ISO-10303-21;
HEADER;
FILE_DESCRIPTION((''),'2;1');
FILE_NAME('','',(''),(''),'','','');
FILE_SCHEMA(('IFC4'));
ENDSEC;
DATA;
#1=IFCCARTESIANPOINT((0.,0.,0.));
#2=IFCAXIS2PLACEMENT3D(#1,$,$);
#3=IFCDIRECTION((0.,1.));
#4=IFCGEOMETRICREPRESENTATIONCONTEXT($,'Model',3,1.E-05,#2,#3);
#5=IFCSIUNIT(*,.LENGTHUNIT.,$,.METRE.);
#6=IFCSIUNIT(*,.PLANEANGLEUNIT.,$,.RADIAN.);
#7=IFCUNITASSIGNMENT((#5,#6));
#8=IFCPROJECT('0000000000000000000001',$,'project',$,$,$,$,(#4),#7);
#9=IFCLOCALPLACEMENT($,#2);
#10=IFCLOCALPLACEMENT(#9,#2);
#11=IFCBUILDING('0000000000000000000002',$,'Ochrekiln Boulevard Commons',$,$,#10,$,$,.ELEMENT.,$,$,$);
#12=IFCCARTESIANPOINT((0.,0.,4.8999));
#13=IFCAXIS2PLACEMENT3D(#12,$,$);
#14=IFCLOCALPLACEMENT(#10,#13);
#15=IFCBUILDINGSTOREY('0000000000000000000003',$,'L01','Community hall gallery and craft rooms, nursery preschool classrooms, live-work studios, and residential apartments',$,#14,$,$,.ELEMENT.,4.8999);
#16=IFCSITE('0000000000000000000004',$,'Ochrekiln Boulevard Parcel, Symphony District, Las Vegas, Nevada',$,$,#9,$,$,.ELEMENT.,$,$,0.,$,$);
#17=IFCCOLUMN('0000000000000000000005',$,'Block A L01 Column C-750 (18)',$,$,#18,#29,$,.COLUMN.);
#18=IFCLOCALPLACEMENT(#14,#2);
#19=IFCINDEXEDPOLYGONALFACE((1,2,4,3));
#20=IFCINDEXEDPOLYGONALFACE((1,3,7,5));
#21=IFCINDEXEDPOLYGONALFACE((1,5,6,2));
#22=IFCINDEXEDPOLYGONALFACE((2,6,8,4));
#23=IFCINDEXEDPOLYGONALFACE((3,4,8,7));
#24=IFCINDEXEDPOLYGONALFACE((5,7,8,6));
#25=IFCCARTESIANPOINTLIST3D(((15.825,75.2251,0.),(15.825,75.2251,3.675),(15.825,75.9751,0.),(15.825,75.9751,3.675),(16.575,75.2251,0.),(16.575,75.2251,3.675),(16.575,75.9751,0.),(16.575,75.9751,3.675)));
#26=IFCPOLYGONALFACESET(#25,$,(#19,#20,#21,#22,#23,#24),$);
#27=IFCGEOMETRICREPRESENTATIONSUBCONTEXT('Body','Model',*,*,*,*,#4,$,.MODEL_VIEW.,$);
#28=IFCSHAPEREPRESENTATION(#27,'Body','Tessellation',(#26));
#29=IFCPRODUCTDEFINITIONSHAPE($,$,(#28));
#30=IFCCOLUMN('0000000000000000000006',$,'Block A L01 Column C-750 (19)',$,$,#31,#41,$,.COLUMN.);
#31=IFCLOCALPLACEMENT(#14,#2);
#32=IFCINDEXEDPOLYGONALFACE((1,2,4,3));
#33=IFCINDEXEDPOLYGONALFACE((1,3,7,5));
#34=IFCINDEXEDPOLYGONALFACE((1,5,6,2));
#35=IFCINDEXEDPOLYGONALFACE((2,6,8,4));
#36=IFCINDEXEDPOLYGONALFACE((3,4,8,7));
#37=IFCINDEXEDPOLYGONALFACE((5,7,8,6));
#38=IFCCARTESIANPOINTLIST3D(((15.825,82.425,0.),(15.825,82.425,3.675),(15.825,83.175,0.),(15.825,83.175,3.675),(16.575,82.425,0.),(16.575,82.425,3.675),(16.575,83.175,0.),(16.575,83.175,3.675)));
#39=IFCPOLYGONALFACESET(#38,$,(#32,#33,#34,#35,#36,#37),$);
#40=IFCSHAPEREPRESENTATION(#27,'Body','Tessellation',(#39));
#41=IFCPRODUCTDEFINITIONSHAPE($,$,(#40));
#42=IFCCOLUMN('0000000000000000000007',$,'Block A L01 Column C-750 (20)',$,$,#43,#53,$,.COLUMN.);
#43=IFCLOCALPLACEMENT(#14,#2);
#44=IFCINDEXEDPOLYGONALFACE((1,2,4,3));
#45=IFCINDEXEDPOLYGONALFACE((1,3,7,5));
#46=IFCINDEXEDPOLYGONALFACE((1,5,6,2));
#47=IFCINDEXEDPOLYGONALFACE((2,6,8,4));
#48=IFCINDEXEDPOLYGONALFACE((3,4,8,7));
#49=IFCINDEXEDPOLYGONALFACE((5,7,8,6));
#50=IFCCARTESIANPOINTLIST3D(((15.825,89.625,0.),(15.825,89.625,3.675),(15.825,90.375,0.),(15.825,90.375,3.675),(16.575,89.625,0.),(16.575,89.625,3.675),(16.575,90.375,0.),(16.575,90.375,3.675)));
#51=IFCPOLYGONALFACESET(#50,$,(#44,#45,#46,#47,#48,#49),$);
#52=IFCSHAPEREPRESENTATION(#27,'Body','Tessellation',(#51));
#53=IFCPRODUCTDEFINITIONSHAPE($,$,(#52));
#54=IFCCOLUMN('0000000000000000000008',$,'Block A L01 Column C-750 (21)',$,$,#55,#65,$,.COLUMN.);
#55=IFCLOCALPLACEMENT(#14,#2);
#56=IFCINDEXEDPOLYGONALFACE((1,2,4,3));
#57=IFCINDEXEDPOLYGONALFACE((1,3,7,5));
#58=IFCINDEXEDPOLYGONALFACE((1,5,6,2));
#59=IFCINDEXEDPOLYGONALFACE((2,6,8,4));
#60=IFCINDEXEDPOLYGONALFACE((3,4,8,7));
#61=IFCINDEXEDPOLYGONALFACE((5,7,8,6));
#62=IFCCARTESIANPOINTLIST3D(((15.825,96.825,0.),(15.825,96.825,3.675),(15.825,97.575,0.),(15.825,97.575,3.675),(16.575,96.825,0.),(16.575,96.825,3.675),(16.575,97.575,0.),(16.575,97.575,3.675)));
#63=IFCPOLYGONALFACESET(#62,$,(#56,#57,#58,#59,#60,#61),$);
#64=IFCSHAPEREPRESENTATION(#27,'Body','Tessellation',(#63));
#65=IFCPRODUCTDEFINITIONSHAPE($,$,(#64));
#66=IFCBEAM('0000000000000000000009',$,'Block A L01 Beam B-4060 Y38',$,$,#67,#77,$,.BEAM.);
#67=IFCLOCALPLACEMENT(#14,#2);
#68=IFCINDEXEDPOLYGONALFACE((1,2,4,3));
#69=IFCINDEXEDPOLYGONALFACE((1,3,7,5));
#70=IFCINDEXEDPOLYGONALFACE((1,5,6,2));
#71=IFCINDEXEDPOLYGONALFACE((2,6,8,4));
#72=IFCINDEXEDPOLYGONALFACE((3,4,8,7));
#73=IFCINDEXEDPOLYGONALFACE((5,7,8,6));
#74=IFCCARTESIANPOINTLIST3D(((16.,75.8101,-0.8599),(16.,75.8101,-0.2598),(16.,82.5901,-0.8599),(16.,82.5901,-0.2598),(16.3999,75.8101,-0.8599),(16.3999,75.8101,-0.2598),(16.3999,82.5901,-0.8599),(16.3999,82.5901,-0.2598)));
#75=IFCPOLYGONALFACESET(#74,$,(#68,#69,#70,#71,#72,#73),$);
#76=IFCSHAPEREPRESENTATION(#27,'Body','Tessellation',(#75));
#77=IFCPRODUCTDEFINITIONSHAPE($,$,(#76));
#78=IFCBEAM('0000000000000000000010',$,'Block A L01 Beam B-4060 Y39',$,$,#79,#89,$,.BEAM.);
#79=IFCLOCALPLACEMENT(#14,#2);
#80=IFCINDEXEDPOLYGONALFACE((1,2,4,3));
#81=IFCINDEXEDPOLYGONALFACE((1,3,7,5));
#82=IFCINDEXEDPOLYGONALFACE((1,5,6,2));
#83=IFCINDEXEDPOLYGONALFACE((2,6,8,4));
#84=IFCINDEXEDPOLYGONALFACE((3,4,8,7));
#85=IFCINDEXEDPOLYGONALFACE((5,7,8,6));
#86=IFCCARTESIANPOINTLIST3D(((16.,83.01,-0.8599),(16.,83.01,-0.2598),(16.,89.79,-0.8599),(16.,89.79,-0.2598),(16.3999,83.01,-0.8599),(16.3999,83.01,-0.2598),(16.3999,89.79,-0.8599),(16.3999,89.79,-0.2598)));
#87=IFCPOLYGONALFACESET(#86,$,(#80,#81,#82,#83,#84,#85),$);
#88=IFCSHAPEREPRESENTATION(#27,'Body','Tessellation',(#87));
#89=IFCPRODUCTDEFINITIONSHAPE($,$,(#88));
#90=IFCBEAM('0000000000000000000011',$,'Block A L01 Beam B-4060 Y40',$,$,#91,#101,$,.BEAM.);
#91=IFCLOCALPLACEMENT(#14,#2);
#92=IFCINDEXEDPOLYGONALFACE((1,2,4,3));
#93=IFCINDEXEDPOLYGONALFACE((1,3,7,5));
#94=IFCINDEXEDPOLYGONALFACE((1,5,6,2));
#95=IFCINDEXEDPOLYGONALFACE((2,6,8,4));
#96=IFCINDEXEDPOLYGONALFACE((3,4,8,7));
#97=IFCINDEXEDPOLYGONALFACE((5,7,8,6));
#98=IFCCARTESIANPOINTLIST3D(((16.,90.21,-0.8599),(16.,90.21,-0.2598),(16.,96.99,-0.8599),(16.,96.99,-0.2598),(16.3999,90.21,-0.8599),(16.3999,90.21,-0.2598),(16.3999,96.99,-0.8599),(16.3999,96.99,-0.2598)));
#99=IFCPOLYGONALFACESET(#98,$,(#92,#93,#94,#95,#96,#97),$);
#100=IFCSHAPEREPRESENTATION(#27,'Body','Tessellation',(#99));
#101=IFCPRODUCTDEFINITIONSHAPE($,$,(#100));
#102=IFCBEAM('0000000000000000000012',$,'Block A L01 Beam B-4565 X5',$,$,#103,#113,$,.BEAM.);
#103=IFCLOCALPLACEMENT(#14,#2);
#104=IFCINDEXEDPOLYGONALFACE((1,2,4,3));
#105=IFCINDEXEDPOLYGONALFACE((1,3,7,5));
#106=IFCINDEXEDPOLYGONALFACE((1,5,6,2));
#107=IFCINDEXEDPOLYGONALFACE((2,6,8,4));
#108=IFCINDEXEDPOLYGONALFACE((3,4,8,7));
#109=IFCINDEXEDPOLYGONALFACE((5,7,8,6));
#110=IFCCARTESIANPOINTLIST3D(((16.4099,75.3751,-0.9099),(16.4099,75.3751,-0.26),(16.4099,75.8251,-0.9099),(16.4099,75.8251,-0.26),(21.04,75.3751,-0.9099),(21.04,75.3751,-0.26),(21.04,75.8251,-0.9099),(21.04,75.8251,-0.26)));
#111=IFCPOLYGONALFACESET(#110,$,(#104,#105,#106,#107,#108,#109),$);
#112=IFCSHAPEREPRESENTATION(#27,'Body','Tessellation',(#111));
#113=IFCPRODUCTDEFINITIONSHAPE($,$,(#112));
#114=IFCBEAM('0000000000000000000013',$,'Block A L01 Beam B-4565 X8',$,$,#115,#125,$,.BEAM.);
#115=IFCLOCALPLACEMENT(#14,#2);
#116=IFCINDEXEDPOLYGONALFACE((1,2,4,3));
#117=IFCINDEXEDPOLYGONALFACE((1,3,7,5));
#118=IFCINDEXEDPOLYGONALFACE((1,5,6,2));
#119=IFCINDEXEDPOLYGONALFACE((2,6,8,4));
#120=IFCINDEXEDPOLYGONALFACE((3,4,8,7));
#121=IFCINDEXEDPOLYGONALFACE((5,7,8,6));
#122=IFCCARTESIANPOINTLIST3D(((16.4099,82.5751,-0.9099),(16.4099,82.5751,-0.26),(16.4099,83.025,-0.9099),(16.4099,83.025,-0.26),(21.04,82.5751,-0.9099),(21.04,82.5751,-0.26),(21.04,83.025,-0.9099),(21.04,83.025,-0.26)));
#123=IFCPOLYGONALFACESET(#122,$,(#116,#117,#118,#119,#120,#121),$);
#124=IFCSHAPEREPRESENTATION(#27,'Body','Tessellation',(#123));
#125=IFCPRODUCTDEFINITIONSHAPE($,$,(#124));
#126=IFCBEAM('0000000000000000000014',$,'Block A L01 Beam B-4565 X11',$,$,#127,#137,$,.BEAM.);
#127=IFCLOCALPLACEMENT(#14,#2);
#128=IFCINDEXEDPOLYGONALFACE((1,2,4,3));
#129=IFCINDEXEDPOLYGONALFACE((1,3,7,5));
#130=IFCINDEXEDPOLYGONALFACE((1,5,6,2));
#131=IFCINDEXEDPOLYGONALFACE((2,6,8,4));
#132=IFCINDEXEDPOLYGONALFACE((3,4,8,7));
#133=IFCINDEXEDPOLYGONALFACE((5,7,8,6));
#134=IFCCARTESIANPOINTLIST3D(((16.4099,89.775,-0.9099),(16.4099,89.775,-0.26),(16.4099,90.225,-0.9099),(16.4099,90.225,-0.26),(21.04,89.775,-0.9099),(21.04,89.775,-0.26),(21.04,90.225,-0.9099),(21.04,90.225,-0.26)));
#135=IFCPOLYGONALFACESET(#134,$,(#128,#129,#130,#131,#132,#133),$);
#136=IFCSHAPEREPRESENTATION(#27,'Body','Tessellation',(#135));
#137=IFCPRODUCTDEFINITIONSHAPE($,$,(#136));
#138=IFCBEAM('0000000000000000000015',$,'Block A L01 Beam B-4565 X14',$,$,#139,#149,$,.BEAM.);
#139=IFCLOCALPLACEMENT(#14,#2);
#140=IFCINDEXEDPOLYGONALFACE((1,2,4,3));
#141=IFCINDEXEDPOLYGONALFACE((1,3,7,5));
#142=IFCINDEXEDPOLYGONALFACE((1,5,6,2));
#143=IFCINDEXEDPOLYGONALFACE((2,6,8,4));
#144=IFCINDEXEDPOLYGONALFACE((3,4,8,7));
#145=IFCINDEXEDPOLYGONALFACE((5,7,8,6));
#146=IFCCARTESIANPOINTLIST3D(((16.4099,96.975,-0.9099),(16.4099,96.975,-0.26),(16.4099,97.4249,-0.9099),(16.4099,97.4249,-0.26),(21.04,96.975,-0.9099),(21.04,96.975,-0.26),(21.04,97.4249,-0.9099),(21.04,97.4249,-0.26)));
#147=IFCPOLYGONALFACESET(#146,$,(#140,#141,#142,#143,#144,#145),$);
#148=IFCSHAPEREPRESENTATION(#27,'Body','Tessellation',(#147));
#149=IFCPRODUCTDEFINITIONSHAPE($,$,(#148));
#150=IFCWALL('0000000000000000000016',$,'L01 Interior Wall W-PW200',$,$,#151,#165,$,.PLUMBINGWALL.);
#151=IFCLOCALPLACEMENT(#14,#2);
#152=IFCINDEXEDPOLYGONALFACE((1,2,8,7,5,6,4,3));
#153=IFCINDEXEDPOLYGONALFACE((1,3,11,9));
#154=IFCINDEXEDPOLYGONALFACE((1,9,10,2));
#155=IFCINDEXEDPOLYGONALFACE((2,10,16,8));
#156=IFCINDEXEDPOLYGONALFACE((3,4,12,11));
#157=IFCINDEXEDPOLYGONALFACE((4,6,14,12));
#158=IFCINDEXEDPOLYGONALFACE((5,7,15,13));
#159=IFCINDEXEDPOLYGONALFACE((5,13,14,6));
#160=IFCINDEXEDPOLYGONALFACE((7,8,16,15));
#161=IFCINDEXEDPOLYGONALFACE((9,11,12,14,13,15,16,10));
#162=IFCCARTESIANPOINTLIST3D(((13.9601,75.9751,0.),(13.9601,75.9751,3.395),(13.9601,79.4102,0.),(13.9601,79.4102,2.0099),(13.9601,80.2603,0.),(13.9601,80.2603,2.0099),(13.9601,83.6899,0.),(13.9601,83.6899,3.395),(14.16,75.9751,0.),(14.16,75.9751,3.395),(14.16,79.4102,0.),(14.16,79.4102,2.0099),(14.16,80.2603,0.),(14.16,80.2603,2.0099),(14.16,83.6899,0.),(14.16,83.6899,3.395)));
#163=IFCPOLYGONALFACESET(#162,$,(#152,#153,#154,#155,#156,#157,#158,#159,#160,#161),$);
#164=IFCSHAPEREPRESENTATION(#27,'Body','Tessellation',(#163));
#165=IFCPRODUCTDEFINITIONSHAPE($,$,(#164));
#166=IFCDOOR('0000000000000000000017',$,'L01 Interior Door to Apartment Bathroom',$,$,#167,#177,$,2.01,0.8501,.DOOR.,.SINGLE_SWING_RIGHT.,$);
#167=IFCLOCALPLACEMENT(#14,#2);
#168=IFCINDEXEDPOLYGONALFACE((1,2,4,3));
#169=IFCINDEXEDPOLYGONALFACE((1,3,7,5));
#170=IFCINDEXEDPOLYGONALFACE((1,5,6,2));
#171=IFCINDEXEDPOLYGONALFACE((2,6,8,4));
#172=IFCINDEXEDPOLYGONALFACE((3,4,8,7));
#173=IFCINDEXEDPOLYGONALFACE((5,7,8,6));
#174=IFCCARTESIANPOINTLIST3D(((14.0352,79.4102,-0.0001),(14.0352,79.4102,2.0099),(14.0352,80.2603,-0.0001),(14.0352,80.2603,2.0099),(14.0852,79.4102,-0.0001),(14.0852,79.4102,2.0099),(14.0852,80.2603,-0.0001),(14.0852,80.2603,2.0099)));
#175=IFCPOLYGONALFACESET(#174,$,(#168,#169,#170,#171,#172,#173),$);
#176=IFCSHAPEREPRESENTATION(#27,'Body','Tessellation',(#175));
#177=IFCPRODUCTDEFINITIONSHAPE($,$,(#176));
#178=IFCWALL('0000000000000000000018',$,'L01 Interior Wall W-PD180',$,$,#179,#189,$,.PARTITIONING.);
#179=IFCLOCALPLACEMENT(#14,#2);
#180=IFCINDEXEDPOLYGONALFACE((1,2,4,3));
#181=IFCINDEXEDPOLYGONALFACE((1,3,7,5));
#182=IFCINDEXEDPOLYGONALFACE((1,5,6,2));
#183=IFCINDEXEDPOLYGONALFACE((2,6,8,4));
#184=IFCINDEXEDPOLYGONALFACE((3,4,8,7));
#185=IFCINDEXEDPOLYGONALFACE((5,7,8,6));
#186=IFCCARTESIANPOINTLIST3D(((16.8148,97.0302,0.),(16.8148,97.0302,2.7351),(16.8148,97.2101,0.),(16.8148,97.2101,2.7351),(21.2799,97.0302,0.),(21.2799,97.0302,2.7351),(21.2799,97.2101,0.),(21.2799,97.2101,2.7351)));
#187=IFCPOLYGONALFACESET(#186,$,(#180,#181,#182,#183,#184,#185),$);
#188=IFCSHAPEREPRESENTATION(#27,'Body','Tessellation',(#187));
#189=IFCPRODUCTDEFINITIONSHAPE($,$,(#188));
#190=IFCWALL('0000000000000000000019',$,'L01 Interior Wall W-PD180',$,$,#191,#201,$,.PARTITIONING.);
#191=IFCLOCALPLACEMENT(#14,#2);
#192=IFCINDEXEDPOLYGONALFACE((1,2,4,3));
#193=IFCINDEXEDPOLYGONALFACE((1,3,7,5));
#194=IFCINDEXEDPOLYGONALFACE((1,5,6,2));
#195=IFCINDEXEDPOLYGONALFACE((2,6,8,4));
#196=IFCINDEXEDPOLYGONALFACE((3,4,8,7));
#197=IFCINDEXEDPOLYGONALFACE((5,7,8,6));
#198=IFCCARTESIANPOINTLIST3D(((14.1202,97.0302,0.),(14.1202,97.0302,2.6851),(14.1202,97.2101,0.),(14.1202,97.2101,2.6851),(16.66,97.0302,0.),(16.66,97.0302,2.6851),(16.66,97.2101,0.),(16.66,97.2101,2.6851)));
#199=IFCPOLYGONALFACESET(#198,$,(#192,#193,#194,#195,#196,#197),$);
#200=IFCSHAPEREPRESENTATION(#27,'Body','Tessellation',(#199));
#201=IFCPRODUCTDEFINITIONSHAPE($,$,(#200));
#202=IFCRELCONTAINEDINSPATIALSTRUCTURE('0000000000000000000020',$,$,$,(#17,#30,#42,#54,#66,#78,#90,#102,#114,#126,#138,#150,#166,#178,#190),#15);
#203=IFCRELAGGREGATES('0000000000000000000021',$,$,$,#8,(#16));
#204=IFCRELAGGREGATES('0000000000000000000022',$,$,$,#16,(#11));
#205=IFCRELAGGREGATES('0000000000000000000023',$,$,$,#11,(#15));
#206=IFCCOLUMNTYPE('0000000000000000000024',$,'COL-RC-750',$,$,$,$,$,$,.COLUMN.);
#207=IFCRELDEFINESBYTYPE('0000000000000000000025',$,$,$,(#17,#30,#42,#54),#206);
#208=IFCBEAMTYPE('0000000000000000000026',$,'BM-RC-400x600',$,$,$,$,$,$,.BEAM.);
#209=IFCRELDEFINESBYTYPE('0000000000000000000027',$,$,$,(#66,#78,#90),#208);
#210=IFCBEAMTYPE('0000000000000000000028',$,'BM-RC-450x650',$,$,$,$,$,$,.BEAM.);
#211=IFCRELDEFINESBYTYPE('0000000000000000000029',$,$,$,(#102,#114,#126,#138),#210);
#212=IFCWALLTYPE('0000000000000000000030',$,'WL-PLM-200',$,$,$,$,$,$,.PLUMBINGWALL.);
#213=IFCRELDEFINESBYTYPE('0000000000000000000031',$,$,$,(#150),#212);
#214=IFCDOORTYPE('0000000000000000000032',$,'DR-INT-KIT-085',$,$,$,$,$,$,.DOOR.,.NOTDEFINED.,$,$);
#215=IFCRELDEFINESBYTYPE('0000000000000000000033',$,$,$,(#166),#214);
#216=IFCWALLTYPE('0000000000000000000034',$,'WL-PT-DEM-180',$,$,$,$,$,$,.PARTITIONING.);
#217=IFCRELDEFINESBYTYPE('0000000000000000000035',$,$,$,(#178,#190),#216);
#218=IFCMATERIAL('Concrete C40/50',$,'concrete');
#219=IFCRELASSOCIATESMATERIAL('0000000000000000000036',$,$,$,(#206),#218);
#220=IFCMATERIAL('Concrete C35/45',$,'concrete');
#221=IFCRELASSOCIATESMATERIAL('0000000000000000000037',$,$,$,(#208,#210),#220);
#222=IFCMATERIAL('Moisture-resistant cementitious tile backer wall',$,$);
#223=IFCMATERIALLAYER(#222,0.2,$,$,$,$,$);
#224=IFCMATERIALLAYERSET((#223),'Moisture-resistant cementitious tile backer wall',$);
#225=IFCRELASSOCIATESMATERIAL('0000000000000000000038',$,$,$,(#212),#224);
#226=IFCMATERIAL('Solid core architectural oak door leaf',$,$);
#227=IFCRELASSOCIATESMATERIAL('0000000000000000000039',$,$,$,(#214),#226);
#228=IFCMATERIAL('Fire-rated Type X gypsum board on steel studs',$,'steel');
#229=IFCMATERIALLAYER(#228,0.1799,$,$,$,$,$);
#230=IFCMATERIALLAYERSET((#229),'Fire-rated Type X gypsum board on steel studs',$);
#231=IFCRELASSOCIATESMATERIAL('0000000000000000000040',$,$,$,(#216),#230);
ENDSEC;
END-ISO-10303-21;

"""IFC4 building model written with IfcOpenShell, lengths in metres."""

from ifc_helpers import new_model, si_unit, direction, frame, frame_2d, origin, origin_2d, place, context, subcontext, project, spatial, rectangle, extrude, material, layer, layer_set, material_profile, profile_set, type_object, element, fill, save


model = new_model("IFC4")

# Units and contexts
model_context = context("Model", 3, precision=1e-05, world=origin(), true_north=direction((0.0, 1.0)))
body_context = subcontext(model_context, "Body", "Model", "MODEL_VIEW")
ifc_project = project(units=[si_unit("LENGTHUNIT", "METRE"), si_unit("PLANEANGLEUNIT", "RADIAN")], contexts=[model_context])

# Site, building, storey
site_placement = place(None, origin())
site = spatial("IfcSite", under=ifc_project, at=site_placement, Name="Ochrekiln Boulevard Parcel, Symphony District, Las Vegas, Nevada", CompositionType="ELEMENT", RefElevation=0.0)
building_placement = place(site_placement, origin())
building = spatial("IfcBuilding", under=site, at=building_placement, Name="Ochrekiln Boulevard Commons", CompositionType="ELEMENT")
storey_placement = place(building_placement, frame((0.0, 0.0, 4.8999)))
storey = spatial("IfcBuildingStorey", under=building, at=storey_placement, Name="L01", Description="Community hall gallery and craft rooms, nursery preschool classrooms, live-work studios, and residential apartments", CompositionType="ELEMENT", Elevation=4.8999)

# Columns
ifc_material_1 = material(Name="Concrete C40/50", Category="concrete")
ifc_material_profile_1 = material_profile(ifc_material_1, rectangle(XDim=0.75, YDim=0.75, at=origin_2d()), Name="RC-COL-750x750")
ifc_profile_set_1 = profile_set([ifc_material_profile_1], Name="Concrete C40/50")
column_type = type_object("IfcColumnType", Name="COL-RC-750", PredefinedType="COLUMN", material=ifc_profile_set_1)
for number, where, z_axis, x_axis, name in (
    (1, (16.2, 75.6001, 0.0), (0.0, 0.0, 1.0), (1.0, 0.0, 0.0), "Block A L01 Column C-750 (18)"),
    (2, (16.2, 82.8, 0.0), (0.0, 0.0, 1.0), (1.0, 0.0, 0.0), "Block A L01 Column C-750 (19)"),
    (3, (16.2, 90.0, 0.0), (0.0, 0.0, 1.0), (1.0, 0.0, 0.0), "Block A L01 Column C-750 (20)"),
    (4, (16.2, 97.2, 0.0), (0.0, 0.0, 1.0), (1.0, 0.0, 0.0), "Block A L01 Column C-750 (21)"),
):
    element("IfcColumn", number, at=place(storey_placement, frame(where, z_axis=z_axis, x_axis=x_axis)), inside=storey, type_object=column_type, Name=name, PredefinedType="COLUMN", context=body_context, shape_type="SweptSolid", body=[
        extrude(rectangle(XDim=0.75, YDim=0.75, at=origin_2d()), origin(), (0.0, 0.0, 1.0), 3.675),
    ])

# Beams
ifc_material_2 = material(Name="Concrete C35/45", Category="concrete")
ifc_material_profile_2 = material_profile(ifc_material_2, rectangle(XDim=0.3999, YDim=0.6001, at=origin_2d()), Name="RC-BM-400x600")
ifc_profile_set_2 = profile_set([ifc_material_profile_2], Name="Concrete C35/45")
beam_type_1 = type_object("IfcBeamType", Name="BM-RC-400x600", PredefinedType="BEAM", material=ifc_profile_set_2)
for number, where, z_axis, x_axis, name in (
    (5, (16.2, 75.8101, -0.5598), (0.0, 1.0, 0.0), (-1.0, 0.0, 0.0), "Block A L01 Beam B-4060 Y38"),
    (6, (16.2, 83.01, -0.5598), (0.0, 1.0, 0.0), (-1.0, 0.0, 0.0), "Block A L01 Beam B-4060 Y39"),
    (7, (16.2, 90.21, -0.5598), (0.0, 1.0, 0.0), (-1.0, 0.0, 0.0), "Block A L01 Beam B-4060 Y40"),
):
    element("IfcBeam", number, at=place(storey_placement, frame(where, z_axis=z_axis, x_axis=x_axis)), inside=storey, type_object=beam_type_1, Name=name, PredefinedType="BEAM", context=body_context, shape_type="SweptSolid", body=[
        extrude(rectangle(XDim=0.3999, YDim=0.6001, at=origin_2d()), origin(), (0.0, 0.0, 1.0), 6.78),
    ])
ifc_material_profile_3 = material_profile(ifc_material_2, rectangle(XDim=0.45, YDim=0.6499, at=origin_2d()), Name="RC-BM-450x650")
ifc_profile_set_3 = profile_set([ifc_material_profile_3], Name="Concrete C35/45")
beam_type_2 = type_object("IfcBeamType", Name="BM-RC-450x650", PredefinedType="BEAM", material=ifc_profile_set_3)
for number, where, z_axis, x_axis, name in (
    (8, (16.4099, 75.6001, -0.585), (1.0, 0.0, 0.0), (0.0, 1.0, 0.0), "Block A L01 Beam B-4565 X5"),
    (9, (16.4099, 82.8, -0.585), (1.0, 0.0, 0.0), (0.0, 1.0, 0.0), "Block A L01 Beam B-4565 X8"),
    (10, (16.4099, 90.0, -0.585), (1.0, 0.0, 0.0), (0.0, 1.0, 0.0), "Block A L01 Beam B-4565 X11"),
    (11, (16.4099, 97.2, -0.585), (1.0, 0.0, 0.0), (0.0, 1.0, 0.0), "Block A L01 Beam B-4565 X14"),
):
    element("IfcBeam", number, at=place(storey_placement, frame(where, z_axis=z_axis, x_axis=x_axis)), inside=storey, type_object=beam_type_2, Name=name, PredefinedType="BEAM", context=body_context, shape_type="SweptSolid", body=[
        extrude(rectangle(XDim=0.45, YDim=0.6499, at=origin_2d()), origin(), (0.0, 0.0, 1.0), 4.6301),
    ])

# Wall, opening, door
ifc_material_3 = material(Name="Moisture-resistant cementitious tile backer wall")
ifc_layer_1 = layer(ifc_material_3, 0.2)
ifc_layer_set_1 = layer_set([ifc_layer_1], Name="Moisture-resistant cementitious tile backer wall")
wall_type_1 = type_object("IfcWallType", Name="WL-PLM-200", PredefinedType="PLUMBINGWALL", material=ifc_layer_set_1)
wall_1_placement = place(storey_placement, frame((14.0601, 75.9751, 0.0), z_axis=(0.0, 0.0, 1.0), x_axis=(0.0, 1.0, 0.0)))
wall_1 = element("IfcWall", 12, at=wall_1_placement, inside=storey, type_object=wall_type_1, Name="L01 Interior Wall W-PW200", PredefinedType="PLUMBINGWALL", context=body_context, shape_type="SweptSolid", body=[
    extrude(rectangle(XDim=7.7148, YDim=0.2, at=frame_2d((3.8574, 0.0))), origin(), (0.0, 0.0, 1.0), 3.395),
])
opening_1_placement = place(wall_1_placement, frame((3.4351, 0.0, 0.0)))
opening_1 = element("IfcOpeningElement", 13, at=opening_1_placement, cuts=wall_1, PredefinedType="OPENING", context=body_context, shape_type="SweptSolid", body=[
    extrude(rectangle(XDim=0.8501, YDim=2.01, at=frame_2d((0.425, 1.0049))), frame((0.0, 0.1099, 0.0), z_axis=(0.0, -1.0, 0.0), x_axis=(1.0, 0.0, 0.0)), (0.0, 0.0, 1.0), 0.22),
])
ifc_material_4 = material(Name="Solid core architectural oak door leaf")
door_type_1 = type_object("IfcDoorType", Name="DR-INT-KIT-085", OperationType="NOTDEFINED", PredefinedType="DOOR", material=ifc_material_4)
door_1_placement = place(opening_1_placement, origin())
door_1 = element("IfcDoor", 14, at=door_1_placement, inside=storey, type_object=door_type_1, Name="L01 Interior Door to Apartment Bathroom", OperationType="SINGLE_SWING_RIGHT", OverallHeight=2.01, OverallWidth=0.8501, PredefinedType="DOOR", context=body_context, shape_type="SweptSolid", body=[
    extrude(rectangle(XDim=0.8501, YDim=2.01, at=frame_2d((0.425, 1.0049))), frame((0.0, 0.0249, 0.0), z_axis=(0.0, -1.0, 0.0), x_axis=(1.0, 0.0, 0.0)), (0.0, 0.0, 1.0), 0.05),
])
fill(opening_1, door_1)

# Walls
ifc_material_5 = material(Name="Fire-rated Type X gypsum board on steel studs", Category="steel")
ifc_layer_2 = layer(ifc_material_5, 0.1799)
ifc_layer_set_2 = layer_set([ifc_layer_2], Name="Fire-rated Type X gypsum board on steel studs")
wall_type_2 = type_object("IfcWallType", Name="WL-PT-DEM-180", PredefinedType="PARTITIONING", material=ifc_layer_set_2)
wall_2_placement = place(storey_placement, frame((16.8149, 97.1201, 0.0), z_axis=(0.0, 0.0, 1.0), x_axis=(1.0, 0.0, 0.0)))
element("IfcWall", 15, at=wall_2_placement, inside=storey, type_object=wall_type_2, Name="L01 Interior Wall W-PD180", PredefinedType="PARTITIONING", context=body_context, shape_type="SweptSolid", body=[
    extrude(rectangle(XDim=4.4651, YDim=0.1799, at=frame_2d((2.2324, 0.0))), origin(), (0.0, 0.0, 1.0), 2.7351),
])
wall_3_placement = place(storey_placement, frame((14.1201, 97.1201, 0.0), z_axis=(0.0, 0.0, 1.0), x_axis=(1.0, 0.0, 0.0)))
element("IfcWall", 16, at=wall_3_placement, inside=storey, type_object=wall_type_2, Name="L01 Interior Wall W-PD180", PredefinedType="PARTITIONING", context=body_context, shape_type="SweptSolid", body=[
    extrude(rectangle(XDim=2.5398, YDim=0.1799, at=frame_2d((1.27, 0.0))), origin(), (0.0, 0.0, 1.0), 2.6851),
])

save(model, "model.ifc")
